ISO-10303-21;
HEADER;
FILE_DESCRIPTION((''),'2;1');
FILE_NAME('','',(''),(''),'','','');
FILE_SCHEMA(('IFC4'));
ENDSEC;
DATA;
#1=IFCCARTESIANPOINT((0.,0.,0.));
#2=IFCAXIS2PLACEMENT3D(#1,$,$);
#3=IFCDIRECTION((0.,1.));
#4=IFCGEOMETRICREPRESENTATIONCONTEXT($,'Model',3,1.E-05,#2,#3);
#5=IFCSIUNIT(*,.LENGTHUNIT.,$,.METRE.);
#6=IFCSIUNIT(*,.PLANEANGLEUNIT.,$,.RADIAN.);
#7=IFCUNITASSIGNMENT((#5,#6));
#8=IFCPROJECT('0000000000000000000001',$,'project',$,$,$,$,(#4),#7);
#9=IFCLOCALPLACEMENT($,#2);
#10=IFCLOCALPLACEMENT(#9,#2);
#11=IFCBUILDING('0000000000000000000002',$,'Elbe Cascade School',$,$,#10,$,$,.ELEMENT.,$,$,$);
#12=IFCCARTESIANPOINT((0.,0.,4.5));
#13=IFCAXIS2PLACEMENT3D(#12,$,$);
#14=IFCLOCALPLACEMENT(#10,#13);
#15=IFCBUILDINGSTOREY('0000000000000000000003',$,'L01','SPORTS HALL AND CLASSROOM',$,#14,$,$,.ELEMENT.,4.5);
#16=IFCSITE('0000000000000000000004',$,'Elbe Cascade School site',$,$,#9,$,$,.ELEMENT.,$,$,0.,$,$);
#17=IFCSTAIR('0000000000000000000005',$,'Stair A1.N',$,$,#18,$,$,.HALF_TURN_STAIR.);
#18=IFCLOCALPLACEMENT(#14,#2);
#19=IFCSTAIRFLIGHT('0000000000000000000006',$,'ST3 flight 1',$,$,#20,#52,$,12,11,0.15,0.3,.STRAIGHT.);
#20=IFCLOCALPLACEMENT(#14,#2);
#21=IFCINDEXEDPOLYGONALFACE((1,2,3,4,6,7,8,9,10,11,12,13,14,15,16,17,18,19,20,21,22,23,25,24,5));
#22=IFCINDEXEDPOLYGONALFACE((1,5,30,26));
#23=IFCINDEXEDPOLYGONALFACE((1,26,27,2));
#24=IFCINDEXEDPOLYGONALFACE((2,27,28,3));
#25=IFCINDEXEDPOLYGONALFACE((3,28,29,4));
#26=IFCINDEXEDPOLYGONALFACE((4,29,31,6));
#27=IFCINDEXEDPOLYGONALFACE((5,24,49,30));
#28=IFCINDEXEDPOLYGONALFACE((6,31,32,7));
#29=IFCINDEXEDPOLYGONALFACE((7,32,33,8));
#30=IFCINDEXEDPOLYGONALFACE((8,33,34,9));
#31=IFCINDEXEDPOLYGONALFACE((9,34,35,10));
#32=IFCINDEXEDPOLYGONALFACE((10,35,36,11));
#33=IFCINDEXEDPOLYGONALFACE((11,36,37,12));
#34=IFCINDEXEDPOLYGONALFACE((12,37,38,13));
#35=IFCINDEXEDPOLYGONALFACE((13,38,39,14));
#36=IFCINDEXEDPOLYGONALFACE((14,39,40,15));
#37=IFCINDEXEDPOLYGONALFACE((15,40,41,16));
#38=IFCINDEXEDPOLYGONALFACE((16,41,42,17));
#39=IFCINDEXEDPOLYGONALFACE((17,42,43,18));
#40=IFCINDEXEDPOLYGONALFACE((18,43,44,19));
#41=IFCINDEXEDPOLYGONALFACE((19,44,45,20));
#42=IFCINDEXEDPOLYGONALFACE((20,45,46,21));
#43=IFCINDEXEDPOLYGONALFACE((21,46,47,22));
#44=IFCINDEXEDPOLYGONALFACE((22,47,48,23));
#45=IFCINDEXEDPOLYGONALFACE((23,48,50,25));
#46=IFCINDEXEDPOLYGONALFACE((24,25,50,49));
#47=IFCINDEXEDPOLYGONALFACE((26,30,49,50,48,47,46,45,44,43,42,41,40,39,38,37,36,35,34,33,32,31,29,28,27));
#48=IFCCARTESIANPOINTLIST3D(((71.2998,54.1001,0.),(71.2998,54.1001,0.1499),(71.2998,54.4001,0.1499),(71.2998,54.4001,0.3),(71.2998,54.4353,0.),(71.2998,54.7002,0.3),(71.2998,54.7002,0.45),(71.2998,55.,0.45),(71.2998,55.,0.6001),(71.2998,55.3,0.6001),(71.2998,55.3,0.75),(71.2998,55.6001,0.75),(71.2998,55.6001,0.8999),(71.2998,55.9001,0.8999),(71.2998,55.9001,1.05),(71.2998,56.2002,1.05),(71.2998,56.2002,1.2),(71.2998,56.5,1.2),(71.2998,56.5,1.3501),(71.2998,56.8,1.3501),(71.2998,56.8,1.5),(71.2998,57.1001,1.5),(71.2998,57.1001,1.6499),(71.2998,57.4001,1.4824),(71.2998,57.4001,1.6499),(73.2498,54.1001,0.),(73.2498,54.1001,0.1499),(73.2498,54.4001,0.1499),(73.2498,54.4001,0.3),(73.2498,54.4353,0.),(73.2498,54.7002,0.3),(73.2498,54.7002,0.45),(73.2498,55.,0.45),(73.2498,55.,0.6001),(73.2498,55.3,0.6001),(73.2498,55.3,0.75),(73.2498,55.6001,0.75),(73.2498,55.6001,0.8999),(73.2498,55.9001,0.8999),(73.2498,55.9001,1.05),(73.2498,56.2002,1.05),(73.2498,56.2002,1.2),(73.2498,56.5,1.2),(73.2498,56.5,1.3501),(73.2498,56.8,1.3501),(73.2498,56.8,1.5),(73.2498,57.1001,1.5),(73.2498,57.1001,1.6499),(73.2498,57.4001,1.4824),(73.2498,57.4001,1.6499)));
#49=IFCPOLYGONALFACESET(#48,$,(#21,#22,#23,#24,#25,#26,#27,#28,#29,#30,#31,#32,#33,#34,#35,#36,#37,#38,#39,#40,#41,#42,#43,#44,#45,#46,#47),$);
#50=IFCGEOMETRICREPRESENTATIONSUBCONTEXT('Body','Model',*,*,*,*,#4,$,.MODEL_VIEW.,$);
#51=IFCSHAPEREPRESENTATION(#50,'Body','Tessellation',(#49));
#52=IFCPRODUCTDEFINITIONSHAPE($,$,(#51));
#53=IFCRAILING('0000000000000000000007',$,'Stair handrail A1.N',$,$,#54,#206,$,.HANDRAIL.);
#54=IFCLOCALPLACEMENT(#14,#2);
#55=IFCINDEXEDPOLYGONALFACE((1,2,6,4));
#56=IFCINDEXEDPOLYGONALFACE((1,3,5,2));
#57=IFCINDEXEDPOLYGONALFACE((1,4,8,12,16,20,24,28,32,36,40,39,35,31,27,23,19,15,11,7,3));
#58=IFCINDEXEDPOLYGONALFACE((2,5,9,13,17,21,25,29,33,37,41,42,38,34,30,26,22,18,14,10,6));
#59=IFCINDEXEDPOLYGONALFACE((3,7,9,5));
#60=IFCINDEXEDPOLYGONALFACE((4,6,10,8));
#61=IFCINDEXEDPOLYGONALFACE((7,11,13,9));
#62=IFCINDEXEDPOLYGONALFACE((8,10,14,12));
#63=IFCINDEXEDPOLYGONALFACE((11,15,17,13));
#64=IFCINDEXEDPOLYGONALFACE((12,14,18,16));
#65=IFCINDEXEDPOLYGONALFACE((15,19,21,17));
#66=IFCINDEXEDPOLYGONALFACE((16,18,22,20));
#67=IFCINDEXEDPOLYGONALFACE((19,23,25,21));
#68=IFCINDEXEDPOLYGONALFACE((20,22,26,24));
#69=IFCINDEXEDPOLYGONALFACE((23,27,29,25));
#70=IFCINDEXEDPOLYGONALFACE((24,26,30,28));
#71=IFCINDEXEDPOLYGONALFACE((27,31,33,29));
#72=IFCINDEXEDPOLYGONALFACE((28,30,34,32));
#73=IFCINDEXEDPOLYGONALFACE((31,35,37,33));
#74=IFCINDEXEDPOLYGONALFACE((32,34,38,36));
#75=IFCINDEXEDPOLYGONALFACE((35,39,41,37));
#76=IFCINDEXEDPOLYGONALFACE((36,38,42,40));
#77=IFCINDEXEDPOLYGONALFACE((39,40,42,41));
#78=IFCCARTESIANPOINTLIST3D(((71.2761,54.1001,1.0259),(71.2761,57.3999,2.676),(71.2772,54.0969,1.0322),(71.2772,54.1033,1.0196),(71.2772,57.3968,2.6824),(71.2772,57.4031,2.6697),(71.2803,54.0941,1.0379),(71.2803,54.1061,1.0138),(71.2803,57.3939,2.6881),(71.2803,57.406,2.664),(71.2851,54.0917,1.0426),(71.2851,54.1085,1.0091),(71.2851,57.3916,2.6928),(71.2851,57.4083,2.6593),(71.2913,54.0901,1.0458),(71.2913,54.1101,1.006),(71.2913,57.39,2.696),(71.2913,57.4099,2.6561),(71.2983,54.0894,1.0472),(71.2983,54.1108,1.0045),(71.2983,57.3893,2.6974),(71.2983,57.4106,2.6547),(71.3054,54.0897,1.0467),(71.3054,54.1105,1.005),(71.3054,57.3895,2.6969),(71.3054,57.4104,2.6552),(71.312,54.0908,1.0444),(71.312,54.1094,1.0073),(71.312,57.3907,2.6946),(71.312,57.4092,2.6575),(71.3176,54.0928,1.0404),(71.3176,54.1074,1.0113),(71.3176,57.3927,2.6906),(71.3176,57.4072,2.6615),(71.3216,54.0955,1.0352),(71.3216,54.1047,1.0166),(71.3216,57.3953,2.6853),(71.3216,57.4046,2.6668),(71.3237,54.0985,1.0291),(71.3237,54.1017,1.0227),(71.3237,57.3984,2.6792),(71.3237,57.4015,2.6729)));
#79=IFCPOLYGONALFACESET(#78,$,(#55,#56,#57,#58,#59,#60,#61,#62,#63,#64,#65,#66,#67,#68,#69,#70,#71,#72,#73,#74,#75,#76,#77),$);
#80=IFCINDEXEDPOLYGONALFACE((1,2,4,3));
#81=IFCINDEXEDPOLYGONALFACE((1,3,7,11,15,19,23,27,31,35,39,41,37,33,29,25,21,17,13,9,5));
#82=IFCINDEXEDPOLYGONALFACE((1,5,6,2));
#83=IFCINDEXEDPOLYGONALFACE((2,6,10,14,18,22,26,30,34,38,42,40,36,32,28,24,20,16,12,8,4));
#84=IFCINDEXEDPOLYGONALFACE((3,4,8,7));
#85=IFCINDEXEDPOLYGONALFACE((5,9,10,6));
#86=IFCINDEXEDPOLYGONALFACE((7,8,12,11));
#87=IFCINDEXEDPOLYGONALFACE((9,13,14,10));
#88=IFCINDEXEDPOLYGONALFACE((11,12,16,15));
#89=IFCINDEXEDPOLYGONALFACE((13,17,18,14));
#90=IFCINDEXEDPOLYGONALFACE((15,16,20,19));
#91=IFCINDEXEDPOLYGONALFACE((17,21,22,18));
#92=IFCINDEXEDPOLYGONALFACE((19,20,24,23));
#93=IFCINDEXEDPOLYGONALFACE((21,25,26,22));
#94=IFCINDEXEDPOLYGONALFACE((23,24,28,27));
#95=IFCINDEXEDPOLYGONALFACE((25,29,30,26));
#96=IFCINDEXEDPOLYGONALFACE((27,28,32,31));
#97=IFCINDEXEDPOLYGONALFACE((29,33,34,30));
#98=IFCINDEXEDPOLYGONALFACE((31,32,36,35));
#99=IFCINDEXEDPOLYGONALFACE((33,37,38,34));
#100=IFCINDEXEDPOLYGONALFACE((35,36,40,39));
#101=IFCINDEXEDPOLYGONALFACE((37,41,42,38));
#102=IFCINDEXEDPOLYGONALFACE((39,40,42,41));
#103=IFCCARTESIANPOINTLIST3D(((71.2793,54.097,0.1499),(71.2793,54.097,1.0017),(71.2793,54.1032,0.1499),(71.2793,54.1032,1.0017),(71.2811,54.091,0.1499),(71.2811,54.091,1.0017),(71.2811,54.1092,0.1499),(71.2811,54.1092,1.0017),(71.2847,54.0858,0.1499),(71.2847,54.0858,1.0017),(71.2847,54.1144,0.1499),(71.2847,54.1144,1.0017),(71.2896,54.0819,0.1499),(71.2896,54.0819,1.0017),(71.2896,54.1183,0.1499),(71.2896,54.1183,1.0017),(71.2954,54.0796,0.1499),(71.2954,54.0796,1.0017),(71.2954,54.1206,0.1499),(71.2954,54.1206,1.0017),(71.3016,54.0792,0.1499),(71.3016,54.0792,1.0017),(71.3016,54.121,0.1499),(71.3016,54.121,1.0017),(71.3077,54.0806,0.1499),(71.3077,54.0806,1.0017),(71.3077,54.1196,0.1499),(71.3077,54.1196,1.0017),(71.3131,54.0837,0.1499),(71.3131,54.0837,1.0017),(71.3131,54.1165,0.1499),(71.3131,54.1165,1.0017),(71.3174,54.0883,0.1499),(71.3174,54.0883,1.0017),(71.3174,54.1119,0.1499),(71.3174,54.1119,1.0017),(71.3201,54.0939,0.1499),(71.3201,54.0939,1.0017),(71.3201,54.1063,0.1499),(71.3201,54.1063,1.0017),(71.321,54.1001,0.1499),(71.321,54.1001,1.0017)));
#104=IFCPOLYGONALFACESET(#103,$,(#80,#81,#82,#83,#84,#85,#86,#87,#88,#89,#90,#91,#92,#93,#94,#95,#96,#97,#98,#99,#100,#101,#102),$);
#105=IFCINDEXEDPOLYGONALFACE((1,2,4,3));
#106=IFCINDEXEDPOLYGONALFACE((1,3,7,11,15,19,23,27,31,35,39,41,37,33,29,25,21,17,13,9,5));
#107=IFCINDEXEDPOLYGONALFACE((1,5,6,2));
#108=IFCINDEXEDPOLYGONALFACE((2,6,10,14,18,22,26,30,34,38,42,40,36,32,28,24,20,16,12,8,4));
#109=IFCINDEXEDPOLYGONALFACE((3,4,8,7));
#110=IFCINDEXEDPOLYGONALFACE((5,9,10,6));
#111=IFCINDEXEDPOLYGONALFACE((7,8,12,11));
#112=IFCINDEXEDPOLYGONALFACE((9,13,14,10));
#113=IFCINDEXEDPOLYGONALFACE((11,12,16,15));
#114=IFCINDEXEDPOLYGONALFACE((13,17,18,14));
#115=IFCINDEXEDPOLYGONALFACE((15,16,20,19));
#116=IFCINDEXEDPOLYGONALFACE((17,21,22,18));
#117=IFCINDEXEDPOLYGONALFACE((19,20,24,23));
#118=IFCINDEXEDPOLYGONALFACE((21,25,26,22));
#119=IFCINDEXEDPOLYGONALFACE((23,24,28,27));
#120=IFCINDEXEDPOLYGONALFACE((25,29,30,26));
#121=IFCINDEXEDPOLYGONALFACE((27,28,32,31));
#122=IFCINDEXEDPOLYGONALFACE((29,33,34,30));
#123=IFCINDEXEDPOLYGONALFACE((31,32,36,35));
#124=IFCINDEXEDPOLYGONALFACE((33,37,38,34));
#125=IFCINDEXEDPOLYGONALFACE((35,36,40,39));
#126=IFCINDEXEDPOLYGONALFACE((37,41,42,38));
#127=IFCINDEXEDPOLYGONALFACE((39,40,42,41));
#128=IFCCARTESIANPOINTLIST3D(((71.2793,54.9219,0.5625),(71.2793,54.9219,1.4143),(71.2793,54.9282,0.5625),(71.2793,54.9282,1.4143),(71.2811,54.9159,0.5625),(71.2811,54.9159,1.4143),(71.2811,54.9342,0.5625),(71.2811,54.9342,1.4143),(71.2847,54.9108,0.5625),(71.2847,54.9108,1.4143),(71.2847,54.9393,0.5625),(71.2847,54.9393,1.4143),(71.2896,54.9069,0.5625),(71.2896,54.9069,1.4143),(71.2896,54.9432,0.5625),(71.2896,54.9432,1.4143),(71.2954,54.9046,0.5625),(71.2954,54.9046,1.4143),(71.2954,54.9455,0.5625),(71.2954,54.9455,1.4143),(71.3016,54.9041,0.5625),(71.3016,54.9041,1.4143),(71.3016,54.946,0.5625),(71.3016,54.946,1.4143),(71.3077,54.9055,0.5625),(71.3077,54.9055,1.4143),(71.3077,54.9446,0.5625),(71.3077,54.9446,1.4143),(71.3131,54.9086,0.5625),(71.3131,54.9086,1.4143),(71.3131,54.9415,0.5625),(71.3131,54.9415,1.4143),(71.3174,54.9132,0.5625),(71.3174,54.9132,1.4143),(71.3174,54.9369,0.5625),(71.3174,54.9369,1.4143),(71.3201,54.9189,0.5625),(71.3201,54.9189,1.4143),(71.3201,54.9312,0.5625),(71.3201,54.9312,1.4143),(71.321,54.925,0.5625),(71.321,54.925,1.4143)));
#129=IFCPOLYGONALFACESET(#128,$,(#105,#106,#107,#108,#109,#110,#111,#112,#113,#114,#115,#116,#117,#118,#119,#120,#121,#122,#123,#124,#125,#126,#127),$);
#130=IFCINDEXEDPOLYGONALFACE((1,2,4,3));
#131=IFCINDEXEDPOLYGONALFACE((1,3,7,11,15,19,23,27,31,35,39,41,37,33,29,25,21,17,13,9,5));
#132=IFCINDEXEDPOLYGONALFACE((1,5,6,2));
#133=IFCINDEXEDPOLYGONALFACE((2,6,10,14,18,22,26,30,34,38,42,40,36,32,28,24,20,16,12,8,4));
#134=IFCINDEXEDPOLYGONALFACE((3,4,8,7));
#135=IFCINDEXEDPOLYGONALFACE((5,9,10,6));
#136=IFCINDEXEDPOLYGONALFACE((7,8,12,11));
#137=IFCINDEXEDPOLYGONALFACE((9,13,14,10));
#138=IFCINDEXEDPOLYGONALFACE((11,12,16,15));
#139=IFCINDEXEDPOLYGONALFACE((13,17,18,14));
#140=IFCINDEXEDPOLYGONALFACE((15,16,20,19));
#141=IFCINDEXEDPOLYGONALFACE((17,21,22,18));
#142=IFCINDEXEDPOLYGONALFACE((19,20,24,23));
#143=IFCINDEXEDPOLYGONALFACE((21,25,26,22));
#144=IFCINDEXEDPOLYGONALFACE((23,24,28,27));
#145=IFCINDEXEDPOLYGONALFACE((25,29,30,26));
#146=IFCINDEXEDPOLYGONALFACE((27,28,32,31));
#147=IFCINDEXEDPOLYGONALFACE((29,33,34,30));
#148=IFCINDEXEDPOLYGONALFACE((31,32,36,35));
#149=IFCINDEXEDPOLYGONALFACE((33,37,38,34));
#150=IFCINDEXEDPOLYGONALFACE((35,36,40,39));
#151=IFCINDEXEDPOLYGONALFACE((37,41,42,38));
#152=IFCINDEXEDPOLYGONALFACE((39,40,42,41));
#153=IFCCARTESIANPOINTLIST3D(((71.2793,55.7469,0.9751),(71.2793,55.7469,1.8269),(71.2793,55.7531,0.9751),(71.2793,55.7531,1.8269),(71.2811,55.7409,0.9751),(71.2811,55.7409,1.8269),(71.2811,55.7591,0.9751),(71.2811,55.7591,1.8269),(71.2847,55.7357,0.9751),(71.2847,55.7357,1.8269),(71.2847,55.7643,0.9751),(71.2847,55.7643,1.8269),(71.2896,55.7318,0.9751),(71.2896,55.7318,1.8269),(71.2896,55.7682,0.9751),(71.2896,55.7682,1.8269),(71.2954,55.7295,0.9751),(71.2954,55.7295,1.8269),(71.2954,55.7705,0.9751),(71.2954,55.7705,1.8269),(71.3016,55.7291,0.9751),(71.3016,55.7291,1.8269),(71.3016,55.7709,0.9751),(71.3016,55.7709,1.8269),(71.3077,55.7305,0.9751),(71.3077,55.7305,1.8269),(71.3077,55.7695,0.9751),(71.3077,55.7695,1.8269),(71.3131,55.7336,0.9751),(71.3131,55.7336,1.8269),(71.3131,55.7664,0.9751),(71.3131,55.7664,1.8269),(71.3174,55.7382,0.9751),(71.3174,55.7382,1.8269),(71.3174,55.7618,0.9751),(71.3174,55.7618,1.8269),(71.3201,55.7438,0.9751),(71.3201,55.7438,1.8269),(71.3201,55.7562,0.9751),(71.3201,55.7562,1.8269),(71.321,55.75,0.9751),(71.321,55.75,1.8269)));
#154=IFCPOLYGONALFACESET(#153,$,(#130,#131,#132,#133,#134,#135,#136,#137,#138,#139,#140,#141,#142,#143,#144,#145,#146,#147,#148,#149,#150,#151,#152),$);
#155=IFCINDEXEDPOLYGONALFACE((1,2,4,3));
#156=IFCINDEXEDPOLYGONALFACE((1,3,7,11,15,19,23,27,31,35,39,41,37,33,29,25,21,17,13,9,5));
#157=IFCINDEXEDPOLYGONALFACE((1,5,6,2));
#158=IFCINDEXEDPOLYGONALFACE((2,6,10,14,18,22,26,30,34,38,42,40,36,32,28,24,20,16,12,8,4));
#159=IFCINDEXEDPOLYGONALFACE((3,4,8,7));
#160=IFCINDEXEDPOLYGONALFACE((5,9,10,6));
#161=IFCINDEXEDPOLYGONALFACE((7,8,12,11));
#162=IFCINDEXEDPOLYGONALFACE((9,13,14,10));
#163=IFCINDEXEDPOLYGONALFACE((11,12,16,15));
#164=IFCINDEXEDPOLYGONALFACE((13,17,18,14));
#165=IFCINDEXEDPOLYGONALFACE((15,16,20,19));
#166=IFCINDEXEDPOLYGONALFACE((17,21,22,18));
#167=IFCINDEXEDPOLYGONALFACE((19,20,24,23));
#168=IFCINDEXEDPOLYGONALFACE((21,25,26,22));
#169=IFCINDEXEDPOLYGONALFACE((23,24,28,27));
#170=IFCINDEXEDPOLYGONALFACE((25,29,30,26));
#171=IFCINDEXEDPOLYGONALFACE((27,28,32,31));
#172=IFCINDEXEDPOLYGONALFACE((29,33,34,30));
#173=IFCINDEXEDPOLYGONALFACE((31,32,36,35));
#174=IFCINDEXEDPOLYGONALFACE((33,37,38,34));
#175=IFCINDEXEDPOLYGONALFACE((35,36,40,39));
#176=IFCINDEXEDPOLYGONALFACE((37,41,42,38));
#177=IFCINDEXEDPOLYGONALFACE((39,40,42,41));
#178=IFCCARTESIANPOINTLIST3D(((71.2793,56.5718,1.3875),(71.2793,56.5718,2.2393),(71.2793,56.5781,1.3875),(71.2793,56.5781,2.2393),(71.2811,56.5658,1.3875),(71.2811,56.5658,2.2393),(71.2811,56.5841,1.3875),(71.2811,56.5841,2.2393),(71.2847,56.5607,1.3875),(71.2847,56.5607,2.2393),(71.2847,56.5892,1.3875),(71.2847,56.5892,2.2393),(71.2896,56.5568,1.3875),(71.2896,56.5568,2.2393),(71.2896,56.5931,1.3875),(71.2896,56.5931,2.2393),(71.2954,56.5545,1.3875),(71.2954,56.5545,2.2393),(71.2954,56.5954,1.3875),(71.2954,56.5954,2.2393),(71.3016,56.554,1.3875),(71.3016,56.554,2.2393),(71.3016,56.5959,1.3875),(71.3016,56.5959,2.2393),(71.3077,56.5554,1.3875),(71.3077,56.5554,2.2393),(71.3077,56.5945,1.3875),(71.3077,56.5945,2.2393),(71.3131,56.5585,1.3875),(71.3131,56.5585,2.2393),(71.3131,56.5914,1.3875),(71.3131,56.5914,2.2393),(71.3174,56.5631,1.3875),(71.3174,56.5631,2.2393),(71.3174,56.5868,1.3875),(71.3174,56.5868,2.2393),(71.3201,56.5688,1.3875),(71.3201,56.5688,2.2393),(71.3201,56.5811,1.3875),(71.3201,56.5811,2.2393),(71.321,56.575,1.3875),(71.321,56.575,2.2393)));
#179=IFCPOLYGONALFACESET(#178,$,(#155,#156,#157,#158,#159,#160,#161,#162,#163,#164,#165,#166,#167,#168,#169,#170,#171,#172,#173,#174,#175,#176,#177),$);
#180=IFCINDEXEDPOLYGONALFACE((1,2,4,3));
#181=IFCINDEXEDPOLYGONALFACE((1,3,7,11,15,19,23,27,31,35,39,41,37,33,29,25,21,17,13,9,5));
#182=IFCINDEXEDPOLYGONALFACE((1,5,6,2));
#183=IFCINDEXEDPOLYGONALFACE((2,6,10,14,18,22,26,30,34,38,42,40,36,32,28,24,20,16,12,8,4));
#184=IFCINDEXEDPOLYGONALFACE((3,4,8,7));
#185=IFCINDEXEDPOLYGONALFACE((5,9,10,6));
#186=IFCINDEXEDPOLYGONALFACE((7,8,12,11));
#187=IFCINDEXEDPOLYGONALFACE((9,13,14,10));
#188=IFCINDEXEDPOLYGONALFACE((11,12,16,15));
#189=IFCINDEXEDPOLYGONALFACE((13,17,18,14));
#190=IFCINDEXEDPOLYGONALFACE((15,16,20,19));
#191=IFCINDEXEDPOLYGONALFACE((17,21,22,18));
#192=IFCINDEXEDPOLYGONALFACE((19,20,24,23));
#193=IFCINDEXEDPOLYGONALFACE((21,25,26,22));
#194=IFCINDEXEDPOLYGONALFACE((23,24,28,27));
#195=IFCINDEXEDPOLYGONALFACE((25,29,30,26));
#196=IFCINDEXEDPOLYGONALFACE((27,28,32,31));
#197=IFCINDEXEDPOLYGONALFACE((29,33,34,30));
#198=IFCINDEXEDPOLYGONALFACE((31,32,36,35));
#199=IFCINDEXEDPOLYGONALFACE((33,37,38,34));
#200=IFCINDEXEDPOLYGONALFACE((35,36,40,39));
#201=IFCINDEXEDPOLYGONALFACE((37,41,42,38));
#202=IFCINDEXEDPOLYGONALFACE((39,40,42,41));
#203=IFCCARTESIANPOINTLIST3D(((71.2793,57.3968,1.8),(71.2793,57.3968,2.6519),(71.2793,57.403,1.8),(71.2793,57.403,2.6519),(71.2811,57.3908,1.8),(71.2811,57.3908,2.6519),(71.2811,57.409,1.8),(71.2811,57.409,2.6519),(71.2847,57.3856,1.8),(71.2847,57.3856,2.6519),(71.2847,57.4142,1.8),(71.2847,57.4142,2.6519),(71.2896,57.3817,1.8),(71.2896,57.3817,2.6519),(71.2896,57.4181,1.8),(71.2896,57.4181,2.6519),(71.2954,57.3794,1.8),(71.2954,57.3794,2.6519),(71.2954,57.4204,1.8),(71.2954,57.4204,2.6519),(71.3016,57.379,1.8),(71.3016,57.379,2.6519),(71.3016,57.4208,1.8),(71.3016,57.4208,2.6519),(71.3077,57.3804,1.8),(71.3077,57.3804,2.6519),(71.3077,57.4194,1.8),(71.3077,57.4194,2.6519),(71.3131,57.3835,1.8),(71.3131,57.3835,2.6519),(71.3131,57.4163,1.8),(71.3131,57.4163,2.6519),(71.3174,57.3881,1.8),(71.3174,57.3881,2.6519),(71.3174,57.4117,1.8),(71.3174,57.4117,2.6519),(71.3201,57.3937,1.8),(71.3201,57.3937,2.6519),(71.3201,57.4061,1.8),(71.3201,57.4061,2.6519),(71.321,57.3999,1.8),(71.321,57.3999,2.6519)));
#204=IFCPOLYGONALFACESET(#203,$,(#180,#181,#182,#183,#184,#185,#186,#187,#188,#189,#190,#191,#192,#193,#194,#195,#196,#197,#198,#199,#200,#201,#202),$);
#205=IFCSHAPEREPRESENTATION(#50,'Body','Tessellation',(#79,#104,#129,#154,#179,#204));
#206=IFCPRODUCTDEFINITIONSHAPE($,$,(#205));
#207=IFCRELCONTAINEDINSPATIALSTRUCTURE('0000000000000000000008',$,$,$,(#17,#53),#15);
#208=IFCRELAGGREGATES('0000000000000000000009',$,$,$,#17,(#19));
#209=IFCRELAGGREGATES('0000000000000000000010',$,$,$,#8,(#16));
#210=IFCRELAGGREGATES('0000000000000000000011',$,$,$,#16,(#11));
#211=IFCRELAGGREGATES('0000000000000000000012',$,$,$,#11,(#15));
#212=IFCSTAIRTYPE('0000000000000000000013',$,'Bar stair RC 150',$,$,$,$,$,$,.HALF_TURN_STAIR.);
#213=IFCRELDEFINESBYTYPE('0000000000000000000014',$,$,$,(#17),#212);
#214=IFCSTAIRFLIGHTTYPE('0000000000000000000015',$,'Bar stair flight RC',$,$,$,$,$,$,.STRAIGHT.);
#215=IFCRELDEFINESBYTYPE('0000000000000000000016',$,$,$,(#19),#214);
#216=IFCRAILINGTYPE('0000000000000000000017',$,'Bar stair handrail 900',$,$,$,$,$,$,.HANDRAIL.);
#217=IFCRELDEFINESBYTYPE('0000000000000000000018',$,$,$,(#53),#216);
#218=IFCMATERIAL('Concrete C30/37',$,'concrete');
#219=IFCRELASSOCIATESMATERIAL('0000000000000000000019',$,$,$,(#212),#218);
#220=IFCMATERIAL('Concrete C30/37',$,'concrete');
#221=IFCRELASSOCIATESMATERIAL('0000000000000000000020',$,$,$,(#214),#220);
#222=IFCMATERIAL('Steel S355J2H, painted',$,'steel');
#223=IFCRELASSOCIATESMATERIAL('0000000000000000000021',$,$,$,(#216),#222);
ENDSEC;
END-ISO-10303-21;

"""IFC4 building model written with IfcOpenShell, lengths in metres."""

from ifc_helpers import new_model, si_unit, direction, frame, origin, origin_2d, place, context, subcontext, project, spatial, polyline, circle, outline, extrude, material, type_object, element, aggregate, save


model = new_model("IFC4")

# Units and contexts
model_context = context("Model", 3, precision=1e-05, world=origin(), true_north=direction((0.0, 1.0)))
body_context = subcontext(model_context, "Body", "Model", "MODEL_VIEW")
ifc_project = project(units=[si_unit("LENGTHUNIT", "METRE"), si_unit("PLANEANGLEUNIT", "RADIAN")], contexts=[model_context])

# Site, building, storey
site_placement = place(None, origin())
site = spatial("IfcSite", under=ifc_project, at=site_placement, Name="Elbe Cascade School site", CompositionType="ELEMENT", RefElevation=0.0)
building_placement = place(site_placement, origin())
building = spatial("IfcBuilding", under=site, at=building_placement, Name="Elbe Cascade School", CompositionType="ELEMENT")
storey_placement = place(building_placement, frame((0.0, 0.0, 4.5)))
storey = spatial("IfcBuildingStorey", under=building, at=storey_placement, Name="L01", Description="SPORTS HALL AND CLASSROOM", CompositionType="ELEMENT", Elevation=4.5)

# Stair, stair flight
ifc_material_1 = material(Name="Concrete C30/37", Category="concrete")
stair_type = type_object("IfcStairType", Name="Bar stair RC 150", PredefinedType="HALF_TURN_STAIR", material=ifc_material_1)
stair_placement = place(storey_placement, origin())
stair = element("IfcStair", 1, at=stair_placement, inside=storey, type_object=stair_type, Name="Stair A1.N", PredefinedType="HALF_TURN_STAIR")
ifc_material_2 = material(Name="Concrete C30/37", Category="concrete")
stair_flight_type = type_object("IfcStairFlightType", Name="Bar stair flight RC", PredefinedType="STRAIGHT", material=ifc_material_2)
stair_flight_placement = place(storey_placement, frame((72.2749, 54.1001, 0.0), z_axis=(0.0, 0.0, 1.0), x_axis=(0.0, 1.0, 0.0)))
stair_flight = element("IfcStairFlight", 2, at=stair_flight_placement, type_object=stair_flight_type, Name="ST3 flight 1", NumberOfRisers=12, NumberOfTreads=11, PredefinedType="STRAIGHT", RiserHeight=0.15, TreadLength=0.3, context=body_context, shape_type="SweptSolid", body=[
    extrude(outline(polyline([(0.0, 0.0), (0.0, 0.1499), (0.3, 0.1499), (0.3, 0.3), (0.6001, 0.3), (0.6001, 0.45), (0.8999, 0.45), (0.8999, 0.6001), (1.2, 0.6001), (1.2, 0.75), (1.5, 0.75), (1.5, 0.8999), (1.8, 0.8999), (1.8, 1.05), (2.1001, 1.05), (2.1001, 1.2), (2.3999, 1.2), (2.3999, 1.3501), (2.7, 1.3501), (2.7, 1.5), (3.0, 1.5), (3.0, 1.6499), (3.3, 1.6499), (3.3, 1.8), (3.3, 1.4824), (0.3352, 0.0), (0.0, 0.0)])), frame((0.0, 0.9751, 0.0), z_axis=(0.0, -1.0, 0.0), x_axis=(1.0, 0.0, 0.0)), (0.0, 0.0, 1.0), 1.95),
])
aggregate(stair, [stair_flight])

# Railing
ifc_material_3 = material(Name="Steel S355J2H, painted", Category="steel")
railing_type_1 = type_object("IfcRailingType", Name="Bar stair handrail 900", PredefinedType="HANDRAIL", material=ifc_material_3)
railing_1_placement = place(storey_placement, frame((71.3, 54.1001, 0.1499)))
element("IfcRailing", 3, at=railing_1_placement, inside=storey, type_object=railing_type_1, Name="Stair handrail A1.N", PredefinedType="HANDRAIL", context=body_context, shape_type="SweptSolid", body=[
    extrude(circle(Radius=0.0239, at=origin_2d()), frame((0.0, 0.0, 0.876), z_axis=(0.0, 0.894401, 0.447267), x_axis=(-1.0, 0.0, 0.0)), (0.0, 0.0, 1.0), 3.6895),
    extrude(circle(Radius=0.021, at=origin_2d()), origin(), (0.0, 0.0, 1.0), 0.8518),
    extrude(circle(Radius=0.021, at=origin_2d()), frame((0.0, 0.825, 0.4126)), (0.0, 0.0, 1.0), 0.8518),
    extrude(circle(Radius=0.021, at=origin_2d()), frame((0.0, 1.6499, 0.8252)), (0.0, 0.0, 1.0), 0.8518),
    extrude(circle(Radius=0.021, at=origin_2d()), frame((0.0, 2.4749, 1.2375)), (0.0, 0.0, 1.0), 0.8518),
    extrude(circle(Radius=0.021, at=origin_2d()), frame((0.0, 3.2998, 1.6501)), (0.0, 0.0, 1.0), 0.8518),
])

save(model, "model.ifc")
